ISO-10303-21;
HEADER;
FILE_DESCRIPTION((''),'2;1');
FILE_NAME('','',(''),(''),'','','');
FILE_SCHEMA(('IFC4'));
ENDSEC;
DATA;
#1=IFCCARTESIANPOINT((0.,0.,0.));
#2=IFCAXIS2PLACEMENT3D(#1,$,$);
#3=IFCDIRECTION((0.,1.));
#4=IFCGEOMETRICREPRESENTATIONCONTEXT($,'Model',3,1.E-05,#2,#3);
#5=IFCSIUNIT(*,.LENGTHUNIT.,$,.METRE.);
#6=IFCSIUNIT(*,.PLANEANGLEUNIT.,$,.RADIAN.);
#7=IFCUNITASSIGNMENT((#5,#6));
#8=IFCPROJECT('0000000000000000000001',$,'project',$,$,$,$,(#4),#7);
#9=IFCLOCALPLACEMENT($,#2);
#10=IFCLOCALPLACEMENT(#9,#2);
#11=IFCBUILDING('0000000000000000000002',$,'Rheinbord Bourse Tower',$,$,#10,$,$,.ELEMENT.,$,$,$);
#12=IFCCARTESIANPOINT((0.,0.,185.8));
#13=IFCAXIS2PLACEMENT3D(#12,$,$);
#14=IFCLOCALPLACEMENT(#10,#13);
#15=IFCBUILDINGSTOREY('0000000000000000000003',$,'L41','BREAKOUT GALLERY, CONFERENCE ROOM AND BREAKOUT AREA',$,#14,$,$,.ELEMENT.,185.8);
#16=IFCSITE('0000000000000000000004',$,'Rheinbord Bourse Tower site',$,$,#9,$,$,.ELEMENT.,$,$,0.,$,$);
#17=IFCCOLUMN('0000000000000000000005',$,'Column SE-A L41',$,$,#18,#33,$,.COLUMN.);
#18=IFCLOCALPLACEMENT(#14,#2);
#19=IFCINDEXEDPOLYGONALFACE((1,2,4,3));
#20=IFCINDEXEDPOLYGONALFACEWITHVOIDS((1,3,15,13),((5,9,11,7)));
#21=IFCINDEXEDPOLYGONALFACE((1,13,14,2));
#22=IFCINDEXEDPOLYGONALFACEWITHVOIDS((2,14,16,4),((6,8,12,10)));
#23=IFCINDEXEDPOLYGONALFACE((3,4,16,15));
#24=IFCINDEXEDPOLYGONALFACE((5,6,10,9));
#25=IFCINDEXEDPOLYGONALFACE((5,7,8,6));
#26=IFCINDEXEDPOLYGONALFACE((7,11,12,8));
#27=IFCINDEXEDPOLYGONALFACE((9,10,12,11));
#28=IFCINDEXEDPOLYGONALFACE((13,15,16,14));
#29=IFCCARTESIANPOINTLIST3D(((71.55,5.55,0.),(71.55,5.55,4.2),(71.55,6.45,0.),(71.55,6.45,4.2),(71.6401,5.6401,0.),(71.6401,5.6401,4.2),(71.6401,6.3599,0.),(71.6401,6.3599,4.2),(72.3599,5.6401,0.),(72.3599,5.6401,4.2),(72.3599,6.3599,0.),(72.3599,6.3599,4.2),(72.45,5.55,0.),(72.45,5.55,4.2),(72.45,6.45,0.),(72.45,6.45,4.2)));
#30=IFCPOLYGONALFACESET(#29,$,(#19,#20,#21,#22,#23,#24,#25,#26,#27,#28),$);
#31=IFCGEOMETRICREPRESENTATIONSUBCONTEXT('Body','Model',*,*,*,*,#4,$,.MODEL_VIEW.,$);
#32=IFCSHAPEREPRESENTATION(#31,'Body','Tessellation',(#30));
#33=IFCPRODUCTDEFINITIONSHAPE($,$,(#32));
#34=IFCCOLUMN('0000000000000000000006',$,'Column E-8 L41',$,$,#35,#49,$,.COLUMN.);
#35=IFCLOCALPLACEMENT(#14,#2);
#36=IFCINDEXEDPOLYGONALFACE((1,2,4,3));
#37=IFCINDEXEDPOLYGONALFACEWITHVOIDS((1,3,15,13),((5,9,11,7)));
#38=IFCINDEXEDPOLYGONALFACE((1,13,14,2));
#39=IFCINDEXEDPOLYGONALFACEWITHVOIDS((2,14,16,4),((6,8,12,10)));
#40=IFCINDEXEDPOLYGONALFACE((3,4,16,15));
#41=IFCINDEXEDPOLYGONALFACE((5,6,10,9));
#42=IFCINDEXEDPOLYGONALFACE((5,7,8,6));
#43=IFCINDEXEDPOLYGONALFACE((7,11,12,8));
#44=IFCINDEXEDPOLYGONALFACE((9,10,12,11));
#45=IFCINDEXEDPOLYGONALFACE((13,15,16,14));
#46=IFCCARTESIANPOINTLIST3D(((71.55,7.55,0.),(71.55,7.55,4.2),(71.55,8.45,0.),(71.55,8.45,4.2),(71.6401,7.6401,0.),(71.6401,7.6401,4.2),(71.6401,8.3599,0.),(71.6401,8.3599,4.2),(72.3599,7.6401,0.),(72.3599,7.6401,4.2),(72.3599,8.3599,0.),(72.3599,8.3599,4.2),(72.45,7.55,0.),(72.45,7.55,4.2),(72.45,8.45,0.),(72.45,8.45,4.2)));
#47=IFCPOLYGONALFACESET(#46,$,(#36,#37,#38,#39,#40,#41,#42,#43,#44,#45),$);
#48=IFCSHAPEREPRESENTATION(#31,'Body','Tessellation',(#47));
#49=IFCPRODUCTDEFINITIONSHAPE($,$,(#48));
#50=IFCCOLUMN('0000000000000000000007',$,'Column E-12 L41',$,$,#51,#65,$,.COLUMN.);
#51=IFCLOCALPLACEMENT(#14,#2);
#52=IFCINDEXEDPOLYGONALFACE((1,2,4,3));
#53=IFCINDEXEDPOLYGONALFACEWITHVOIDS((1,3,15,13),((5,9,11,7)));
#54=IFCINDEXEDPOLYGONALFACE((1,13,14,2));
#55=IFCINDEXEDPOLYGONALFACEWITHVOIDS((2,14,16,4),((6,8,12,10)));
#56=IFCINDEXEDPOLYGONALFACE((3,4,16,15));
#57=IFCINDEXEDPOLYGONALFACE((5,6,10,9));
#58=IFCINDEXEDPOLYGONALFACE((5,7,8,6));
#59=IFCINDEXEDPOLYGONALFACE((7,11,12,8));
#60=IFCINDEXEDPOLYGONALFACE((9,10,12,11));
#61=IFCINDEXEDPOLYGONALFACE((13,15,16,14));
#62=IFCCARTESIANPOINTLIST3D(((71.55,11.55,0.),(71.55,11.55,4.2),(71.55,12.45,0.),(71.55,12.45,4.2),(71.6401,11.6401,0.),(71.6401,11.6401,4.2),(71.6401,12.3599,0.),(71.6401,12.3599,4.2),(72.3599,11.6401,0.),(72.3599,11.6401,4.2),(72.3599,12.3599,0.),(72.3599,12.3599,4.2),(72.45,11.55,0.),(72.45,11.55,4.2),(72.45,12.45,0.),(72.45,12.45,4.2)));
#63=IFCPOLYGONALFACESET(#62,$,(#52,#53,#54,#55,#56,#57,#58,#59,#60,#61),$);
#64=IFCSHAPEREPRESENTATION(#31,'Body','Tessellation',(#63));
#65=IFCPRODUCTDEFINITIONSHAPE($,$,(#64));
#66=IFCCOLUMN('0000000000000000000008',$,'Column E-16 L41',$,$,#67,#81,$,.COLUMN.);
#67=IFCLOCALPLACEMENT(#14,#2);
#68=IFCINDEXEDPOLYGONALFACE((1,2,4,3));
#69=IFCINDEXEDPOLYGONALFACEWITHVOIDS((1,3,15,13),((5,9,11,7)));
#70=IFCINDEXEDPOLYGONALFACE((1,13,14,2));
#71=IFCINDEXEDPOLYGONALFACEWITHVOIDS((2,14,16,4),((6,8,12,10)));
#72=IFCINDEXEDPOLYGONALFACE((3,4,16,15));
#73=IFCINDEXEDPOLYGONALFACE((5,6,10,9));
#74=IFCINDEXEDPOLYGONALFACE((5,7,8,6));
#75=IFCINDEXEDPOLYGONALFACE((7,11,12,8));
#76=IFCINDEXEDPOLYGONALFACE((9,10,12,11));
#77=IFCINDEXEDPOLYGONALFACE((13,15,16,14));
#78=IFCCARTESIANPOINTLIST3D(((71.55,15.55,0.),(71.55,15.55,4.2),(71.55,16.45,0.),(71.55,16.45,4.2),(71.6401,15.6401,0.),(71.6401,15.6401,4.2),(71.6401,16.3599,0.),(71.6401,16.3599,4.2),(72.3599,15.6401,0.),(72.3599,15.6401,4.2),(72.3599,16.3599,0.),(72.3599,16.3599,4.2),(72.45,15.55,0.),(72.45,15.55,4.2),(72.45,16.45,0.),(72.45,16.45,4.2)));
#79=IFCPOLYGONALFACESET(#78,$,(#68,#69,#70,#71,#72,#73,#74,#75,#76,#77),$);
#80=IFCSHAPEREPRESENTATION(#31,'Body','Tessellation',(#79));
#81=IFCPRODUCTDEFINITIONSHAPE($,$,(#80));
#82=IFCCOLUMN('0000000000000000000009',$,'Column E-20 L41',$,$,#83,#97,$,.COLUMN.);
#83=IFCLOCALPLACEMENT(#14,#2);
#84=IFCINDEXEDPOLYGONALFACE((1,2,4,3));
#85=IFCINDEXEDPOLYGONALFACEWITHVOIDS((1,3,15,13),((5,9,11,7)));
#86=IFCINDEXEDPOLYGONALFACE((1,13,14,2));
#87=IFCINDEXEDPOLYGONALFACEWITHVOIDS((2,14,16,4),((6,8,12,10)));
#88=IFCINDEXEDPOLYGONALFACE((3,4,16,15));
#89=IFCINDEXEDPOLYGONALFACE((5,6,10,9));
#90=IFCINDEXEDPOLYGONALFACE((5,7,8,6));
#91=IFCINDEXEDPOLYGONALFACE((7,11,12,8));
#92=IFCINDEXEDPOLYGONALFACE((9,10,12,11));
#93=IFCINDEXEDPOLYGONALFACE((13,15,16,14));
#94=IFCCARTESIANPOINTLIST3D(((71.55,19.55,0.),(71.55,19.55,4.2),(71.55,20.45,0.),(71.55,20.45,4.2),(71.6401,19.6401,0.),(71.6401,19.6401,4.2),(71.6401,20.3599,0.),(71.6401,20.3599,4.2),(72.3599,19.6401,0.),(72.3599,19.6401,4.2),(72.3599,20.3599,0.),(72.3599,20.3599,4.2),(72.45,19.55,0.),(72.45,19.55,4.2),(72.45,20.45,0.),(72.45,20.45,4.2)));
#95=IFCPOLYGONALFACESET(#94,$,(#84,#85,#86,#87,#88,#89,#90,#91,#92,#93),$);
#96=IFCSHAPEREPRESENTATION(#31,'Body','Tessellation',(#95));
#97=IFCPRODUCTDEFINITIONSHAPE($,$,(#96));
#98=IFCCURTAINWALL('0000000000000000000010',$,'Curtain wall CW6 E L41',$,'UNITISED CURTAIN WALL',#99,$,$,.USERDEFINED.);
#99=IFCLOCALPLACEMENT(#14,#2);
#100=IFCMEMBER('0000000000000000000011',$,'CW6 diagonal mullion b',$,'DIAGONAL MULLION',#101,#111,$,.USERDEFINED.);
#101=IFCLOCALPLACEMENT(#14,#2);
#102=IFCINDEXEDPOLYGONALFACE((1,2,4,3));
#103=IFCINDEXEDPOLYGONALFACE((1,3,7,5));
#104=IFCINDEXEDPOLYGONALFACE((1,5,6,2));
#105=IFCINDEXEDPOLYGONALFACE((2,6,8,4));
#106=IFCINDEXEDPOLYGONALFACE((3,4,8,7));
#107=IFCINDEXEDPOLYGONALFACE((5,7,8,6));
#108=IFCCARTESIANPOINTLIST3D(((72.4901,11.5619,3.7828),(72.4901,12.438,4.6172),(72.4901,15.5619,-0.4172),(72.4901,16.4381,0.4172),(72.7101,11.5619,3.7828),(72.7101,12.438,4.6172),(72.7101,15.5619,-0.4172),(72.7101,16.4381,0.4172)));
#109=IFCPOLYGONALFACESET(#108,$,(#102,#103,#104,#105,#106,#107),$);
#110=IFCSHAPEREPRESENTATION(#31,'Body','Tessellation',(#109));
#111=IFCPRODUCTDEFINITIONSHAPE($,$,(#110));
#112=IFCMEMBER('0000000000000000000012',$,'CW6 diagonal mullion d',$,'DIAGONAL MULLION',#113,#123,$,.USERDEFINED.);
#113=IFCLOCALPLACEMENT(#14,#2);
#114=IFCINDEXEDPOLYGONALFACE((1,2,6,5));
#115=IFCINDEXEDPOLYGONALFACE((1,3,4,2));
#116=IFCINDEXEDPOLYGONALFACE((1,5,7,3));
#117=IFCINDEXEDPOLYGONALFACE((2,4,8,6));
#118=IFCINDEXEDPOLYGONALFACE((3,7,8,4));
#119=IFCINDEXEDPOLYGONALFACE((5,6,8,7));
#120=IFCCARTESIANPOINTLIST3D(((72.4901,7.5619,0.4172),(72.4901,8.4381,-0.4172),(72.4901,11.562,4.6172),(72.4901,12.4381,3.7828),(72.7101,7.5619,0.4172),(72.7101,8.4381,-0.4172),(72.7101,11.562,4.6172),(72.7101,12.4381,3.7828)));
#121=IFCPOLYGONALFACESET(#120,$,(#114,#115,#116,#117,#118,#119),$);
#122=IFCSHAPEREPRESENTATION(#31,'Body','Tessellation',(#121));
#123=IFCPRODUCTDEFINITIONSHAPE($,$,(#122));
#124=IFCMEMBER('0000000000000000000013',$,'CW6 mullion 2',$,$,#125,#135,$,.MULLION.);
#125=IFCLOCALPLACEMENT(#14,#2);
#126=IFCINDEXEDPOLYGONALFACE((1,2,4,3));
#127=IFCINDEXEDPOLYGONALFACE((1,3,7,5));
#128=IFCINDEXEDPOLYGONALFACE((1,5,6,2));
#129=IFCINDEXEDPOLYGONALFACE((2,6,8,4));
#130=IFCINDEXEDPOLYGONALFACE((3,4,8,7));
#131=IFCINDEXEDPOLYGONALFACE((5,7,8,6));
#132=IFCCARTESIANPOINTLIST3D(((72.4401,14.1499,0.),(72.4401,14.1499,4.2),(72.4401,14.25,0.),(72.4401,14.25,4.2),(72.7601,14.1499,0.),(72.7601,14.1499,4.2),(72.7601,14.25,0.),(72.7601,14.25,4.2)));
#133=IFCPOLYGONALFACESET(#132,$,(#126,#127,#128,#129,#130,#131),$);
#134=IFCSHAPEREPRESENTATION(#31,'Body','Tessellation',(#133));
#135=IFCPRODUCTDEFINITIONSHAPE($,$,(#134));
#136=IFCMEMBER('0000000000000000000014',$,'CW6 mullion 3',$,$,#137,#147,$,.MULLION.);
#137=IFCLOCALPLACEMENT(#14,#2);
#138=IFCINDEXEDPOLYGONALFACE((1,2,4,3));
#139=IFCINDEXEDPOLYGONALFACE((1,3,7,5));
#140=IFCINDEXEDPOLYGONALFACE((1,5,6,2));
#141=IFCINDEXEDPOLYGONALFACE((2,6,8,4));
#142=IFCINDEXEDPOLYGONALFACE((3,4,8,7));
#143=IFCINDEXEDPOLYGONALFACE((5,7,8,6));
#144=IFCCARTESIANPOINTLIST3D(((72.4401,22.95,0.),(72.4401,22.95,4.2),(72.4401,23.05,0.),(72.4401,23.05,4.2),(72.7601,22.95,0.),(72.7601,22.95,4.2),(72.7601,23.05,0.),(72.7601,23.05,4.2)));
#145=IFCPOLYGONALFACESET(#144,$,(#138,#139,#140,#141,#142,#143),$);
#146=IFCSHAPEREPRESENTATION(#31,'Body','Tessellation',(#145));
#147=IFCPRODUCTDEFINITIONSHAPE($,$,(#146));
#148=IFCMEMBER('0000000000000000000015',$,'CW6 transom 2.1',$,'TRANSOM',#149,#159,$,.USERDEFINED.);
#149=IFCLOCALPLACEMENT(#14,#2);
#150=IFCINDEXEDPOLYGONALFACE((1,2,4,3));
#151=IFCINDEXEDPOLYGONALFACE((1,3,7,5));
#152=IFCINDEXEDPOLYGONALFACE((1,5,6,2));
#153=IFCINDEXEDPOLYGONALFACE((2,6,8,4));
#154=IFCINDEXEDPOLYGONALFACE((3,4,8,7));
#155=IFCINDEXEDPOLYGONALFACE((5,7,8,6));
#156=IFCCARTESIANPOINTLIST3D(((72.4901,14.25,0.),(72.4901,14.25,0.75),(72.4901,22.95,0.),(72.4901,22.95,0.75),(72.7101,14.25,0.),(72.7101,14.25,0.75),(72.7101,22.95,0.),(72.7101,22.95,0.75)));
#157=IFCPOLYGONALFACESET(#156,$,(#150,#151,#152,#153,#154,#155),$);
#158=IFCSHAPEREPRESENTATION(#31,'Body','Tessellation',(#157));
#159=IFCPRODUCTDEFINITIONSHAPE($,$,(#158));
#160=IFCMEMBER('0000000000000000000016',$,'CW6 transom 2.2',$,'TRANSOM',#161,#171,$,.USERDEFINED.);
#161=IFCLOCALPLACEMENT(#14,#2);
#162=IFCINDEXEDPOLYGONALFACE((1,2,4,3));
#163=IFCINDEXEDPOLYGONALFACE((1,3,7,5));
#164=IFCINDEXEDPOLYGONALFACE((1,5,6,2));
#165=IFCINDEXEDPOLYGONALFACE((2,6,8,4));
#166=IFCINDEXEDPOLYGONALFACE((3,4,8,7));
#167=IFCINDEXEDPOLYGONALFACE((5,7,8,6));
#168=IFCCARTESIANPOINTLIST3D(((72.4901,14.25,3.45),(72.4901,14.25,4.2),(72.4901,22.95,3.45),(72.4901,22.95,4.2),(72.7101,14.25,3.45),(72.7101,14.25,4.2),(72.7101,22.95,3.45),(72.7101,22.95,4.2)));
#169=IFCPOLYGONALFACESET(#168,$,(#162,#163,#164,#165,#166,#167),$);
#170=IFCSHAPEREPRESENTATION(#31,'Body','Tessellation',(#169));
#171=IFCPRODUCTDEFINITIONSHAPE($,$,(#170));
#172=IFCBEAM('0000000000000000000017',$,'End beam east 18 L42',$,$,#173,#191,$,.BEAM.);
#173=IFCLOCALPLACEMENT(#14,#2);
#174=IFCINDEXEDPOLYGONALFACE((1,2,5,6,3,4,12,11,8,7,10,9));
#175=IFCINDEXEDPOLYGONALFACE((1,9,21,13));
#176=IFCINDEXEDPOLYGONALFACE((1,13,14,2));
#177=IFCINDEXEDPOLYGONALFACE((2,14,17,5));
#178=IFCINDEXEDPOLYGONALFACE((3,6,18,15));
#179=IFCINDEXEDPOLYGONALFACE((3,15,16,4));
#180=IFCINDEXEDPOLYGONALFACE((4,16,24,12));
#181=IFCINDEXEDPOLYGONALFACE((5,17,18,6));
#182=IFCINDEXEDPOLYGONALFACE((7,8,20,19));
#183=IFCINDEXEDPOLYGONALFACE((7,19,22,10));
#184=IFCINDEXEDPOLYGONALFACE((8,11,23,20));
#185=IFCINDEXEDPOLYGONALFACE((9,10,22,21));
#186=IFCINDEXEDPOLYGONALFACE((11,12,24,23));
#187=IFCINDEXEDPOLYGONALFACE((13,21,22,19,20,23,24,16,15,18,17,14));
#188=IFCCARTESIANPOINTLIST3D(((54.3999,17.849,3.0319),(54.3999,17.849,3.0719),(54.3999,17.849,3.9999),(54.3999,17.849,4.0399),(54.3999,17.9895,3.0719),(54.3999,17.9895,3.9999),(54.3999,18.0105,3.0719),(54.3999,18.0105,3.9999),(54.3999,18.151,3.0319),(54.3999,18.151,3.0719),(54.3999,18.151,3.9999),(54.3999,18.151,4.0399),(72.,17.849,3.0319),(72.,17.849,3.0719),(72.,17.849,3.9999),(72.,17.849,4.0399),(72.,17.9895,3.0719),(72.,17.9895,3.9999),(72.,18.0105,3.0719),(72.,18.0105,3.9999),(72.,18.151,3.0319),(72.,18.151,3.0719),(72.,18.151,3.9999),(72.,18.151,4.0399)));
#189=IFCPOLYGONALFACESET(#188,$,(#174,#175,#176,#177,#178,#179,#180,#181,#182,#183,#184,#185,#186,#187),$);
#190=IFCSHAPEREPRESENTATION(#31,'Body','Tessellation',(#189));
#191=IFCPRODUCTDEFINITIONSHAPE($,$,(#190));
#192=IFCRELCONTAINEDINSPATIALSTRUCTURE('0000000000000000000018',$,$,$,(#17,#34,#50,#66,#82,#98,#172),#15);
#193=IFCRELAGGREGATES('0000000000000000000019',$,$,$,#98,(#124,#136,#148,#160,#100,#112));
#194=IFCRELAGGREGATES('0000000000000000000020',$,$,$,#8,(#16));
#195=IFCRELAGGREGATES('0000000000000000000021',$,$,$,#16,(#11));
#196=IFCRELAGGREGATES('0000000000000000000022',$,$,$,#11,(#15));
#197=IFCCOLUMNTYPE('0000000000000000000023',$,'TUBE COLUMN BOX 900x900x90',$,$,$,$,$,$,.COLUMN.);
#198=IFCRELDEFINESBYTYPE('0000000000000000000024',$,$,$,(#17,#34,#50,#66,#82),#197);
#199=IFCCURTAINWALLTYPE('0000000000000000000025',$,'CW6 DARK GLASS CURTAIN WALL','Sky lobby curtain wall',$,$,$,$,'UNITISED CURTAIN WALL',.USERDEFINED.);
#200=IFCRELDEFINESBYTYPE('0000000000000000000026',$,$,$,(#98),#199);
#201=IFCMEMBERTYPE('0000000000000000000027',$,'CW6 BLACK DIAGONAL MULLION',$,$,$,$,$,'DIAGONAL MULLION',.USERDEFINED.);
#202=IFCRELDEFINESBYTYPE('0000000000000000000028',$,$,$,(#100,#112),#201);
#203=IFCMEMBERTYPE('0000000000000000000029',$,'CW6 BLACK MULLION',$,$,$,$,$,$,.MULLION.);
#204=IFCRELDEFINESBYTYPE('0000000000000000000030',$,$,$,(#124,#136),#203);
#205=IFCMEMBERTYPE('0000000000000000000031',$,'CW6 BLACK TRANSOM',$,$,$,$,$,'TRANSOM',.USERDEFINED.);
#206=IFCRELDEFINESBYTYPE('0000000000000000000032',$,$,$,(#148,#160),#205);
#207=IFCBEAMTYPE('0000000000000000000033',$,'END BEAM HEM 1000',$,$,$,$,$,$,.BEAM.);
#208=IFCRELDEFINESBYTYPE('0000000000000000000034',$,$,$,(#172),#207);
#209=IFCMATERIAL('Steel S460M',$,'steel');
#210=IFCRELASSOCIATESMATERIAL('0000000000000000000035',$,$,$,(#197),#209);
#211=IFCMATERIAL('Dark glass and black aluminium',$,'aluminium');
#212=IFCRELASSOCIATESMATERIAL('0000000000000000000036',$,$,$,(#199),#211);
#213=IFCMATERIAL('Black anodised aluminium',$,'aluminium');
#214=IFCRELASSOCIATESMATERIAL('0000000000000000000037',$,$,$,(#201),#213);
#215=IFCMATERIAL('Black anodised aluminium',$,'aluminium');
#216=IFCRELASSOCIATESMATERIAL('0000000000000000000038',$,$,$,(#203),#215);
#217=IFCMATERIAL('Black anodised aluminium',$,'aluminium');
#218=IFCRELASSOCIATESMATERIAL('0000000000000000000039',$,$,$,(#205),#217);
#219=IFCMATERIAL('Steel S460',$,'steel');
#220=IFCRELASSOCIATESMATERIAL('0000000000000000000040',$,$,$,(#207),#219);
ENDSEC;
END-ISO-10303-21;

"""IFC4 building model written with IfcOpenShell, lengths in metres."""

from ifc_helpers import new_model, si_unit, direction, frame, origin, origin_2d, place, context, subcontext, project, spatial, rectangle, hollow_rectangle, i_section, extrude, material, material_profile, profile_set, type_object, element, aggregate, save


model = new_model("IFC4")

# Units and contexts
model_context = context("Model", 3, precision=1e-05, world=origin(), true_north=direction((0.0, 1.0)))
body_context = subcontext(model_context, "Body", "Model", "MODEL_VIEW")
ifc_project = project(units=[si_unit("LENGTHUNIT", "METRE"), si_unit("PLANEANGLEUNIT", "RADIAN")], contexts=[model_context])

# Site, building, storey
site_placement = place(None, origin())
site = spatial("IfcSite", under=ifc_project, at=site_placement, Name="Rheinbord Bourse Tower site", CompositionType="ELEMENT", RefElevation=0.0)
building_placement = place(site_placement, origin())
building = spatial("IfcBuilding", under=site, at=building_placement, Name="Rheinbord Bourse Tower", CompositionType="ELEMENT")
storey_placement = place(building_placement, frame((0.0, 0.0, 185.8)))
storey = spatial("IfcBuildingStorey", under=building, at=storey_placement, Name="L41", Description="BREAKOUT GALLERY, CONFERENCE ROOM AND BREAKOUT AREA", CompositionType="ELEMENT", Elevation=185.8)

# Columns
ifc_material_1 = material(Name="Steel S460M", Category="steel")
ifc_material_profile_1 = material_profile(ifc_material_1, hollow_rectangle(XDim=0.8999, YDim=0.8999, WallThickness=0.0901, at=origin_2d()), Name="BOX 900x900x90")
ifc_profile_set_1 = profile_set([ifc_material_profile_1], Name="Steel S460M")
column_type = type_object("IfcColumnType", Name="TUBE COLUMN BOX 900x900x90", PredefinedType="COLUMN", material=ifc_profile_set_1)
for number, where, z_axis, x_axis, name in (
    (1, (72.0, 6.0, 0.0), (0.0, 0.0, 1.0), (1.0, 0.0, 0.0), "Column SE-A L41"),
    (2, (72.0, 8.0, 0.0), (0.0, 0.0, 1.0), (1.0, 0.0, 0.0), "Column E-8 L41"),
    (3, (72.0, 12.0, 0.0), (0.0, 0.0, 1.0), (1.0, 0.0, 0.0), "Column E-12 L41"),
    (4, (72.0, 16.0, 0.0), (0.0, 0.0, 1.0), (1.0, 0.0, 0.0), "Column E-16 L41"),
    (5, (72.0, 20.0, 0.0), (0.0, 0.0, 1.0), (1.0, 0.0, 0.0), "Column E-20 L41"),
):
    element("IfcColumn", number, at=place(storey_placement, frame(where, z_axis=z_axis, x_axis=x_axis)), inside=storey, type_object=column_type, Name=name, PredefinedType="COLUMN", context=body_context, shape_type="SweptSolid", body=[
        extrude(hollow_rectangle(XDim=0.8999, YDim=0.8999, WallThickness=0.0901, at=origin_2d()), origin(), (0.0, 0.0, 1.0), 4.2),
    ])

# Curtain wall, members
ifc_material_2 = material(Name="Dark glass and black aluminium", Category="aluminium")
curtain_wall_type = type_object("IfcCurtainWallType", Name="CW6 DARK GLASS CURTAIN WALL", Description="Sky lobby curtain wall", ElementType="UNITISED CURTAIN WALL", PredefinedType="USERDEFINED", material=ifc_material_2)
curtain_wall_placement = place(storey_placement, origin())
curtain_wall = element("IfcCurtainWall", 6, at=curtain_wall_placement, inside=storey, type_object=curtain_wall_type, Name="Curtain wall CW6 E L41", ObjectType="UNITISED CURTAIN WALL", PredefinedType="USERDEFINED")
ifc_material_3 = material(Name="Black anodised aluminium", Category="aluminium")
ifc_material_profile_2 = material_profile(ifc_material_3, rectangle(XDim=0.22, YDim=1.21, at=origin_2d()), Name="CW6 DIAGONAL MULLION 1210x220")
ifc_profile_set_2 = profile_set([ifc_material_profile_2], Name="Black anodised aluminium")
member_type_1 = type_object("IfcMemberType", Name="CW6 BLACK DIAGONAL MULLION", ElementType="DIAGONAL MULLION", PredefinedType="USERDEFINED", material=ifc_profile_set_2)
member_1_placement = place(storey_placement, frame((72.6001, 16.0, 0.0), z_axis=(0.0, -0.689659, 0.724134), x_axis=(1.0, 0.0, 0.0)))
member_1 = element("IfcMember", 7, at=member_1_placement, type_object=member_type_1, Name="CW6 diagonal mullion b", ObjectType="DIAGONAL MULLION", PredefinedType="USERDEFINED", context=body_context, shape_type="SweptSolid", body=[
    extrude(rectangle(XDim=0.22, YDim=1.21, at=origin_2d()), origin(), (0.0, 0.0, 1.0), 5.8),
])
member_2_placement = place(storey_placement, frame((72.6001, 8.0, 0.0), z_axis=(0.0, 0.689659, 0.724134), x_axis=(-1.0, 0.0, 0.0)))
member_2 = element("IfcMember", 8, at=member_2_placement, type_object=member_type_1, Name="CW6 diagonal mullion d", ObjectType="DIAGONAL MULLION", PredefinedType="USERDEFINED", context=body_context, shape_type="SweptSolid", body=[
    extrude(rectangle(XDim=0.22, YDim=1.21, at=origin_2d()), origin(), (0.0, 0.0, 1.0), 5.8),
])
ifc_material_4 = material(Name="Black anodised aluminium", Category="aluminium")
ifc_material_profile_3 = material_profile(ifc_material_4, rectangle(XDim=0.3201, YDim=0.1001, at=origin_2d()), Name="CW6 MULLION 100x320")
ifc_profile_set_3 = profile_set([ifc_material_profile_3], Name="Black anodised aluminium")
member_type_2 = type_object("IfcMemberType", Name="CW6 BLACK MULLION", PredefinedType="MULLION", material=ifc_profile_set_3)
member_3_placement = place(storey_placement, frame((72.6001, 14.2, 0.0), z_axis=(0.0, 0.0, 1.0), x_axis=(-1.0, 0.0, 0.0)))
member_3 = element("IfcMember", 9, at=member_3_placement, type_object=member_type_2, Name="CW6 mullion 2", PredefinedType="MULLION", context=body_context, shape_type="SweptSolid", body=[
    extrude(rectangle(XDim=0.3201, YDim=0.1001, at=origin_2d()), origin(), (0.0, 0.0, 1.0), 4.2),
])
member_4_placement = place(storey_placement, frame((72.6001, 23.0, 0.0), z_axis=(0.0, 0.0, 1.0), x_axis=(-1.0, 0.0, 0.0)))
member_4 = element("IfcMember", 10, at=member_4_placement, type_object=member_type_2, Name="CW6 mullion 3", PredefinedType="MULLION", context=body_context, shape_type="SweptSolid", body=[
    extrude(rectangle(XDim=0.3201, YDim=0.1001, at=origin_2d()), origin(), (0.0, 0.0, 1.0), 4.2),
])
ifc_material_5 = material(Name="Black anodised aluminium", Category="aluminium")
ifc_material_profile_4 = material_profile(ifc_material_5, rectangle(XDim=0.22, YDim=0.75, at=origin_2d()), Name="CW6 TRANSOM 750x220")
ifc_profile_set_4 = profile_set([ifc_material_profile_4], Name="Black anodised aluminium")
member_type_3 = type_object("IfcMemberType", Name="CW6 BLACK TRANSOM", ElementType="TRANSOM", PredefinedType="USERDEFINED", material=ifc_profile_set_4)
member_5_placement = place(storey_placement, frame((72.6001, 14.25, 0.375), z_axis=(0.0, 1.0, 0.0), x_axis=(-1.0, 0.0, 0.0)))
member_5 = element("IfcMember", 11, at=member_5_placement, type_object=member_type_3, Name="CW6 transom 2.1", ObjectType="TRANSOM", PredefinedType="USERDEFINED", context=body_context, shape_type="SweptSolid", body=[
    extrude(rectangle(XDim=0.22, YDim=0.75, at=origin_2d()), origin(), (0.0, 0.0, 1.0), 8.7),
])
member_6_placement = place(storey_placement, frame((72.6001, 14.25, 3.825), z_axis=(0.0, 1.0, 0.0), x_axis=(-1.0, 0.0, 0.0)))
member_6 = element("IfcMember", 12, at=member_6_placement, type_object=member_type_3, Name="CW6 transom 2.2", ObjectType="TRANSOM", PredefinedType="USERDEFINED", context=body_context, shape_type="SweptSolid", body=[
    extrude(rectangle(XDim=0.22, YDim=0.75, at=origin_2d()), origin(), (0.0, 0.0, 1.0), 8.7),
])

# Beam
ifc_material_6 = material(Name="Steel S460", Category="steel")
ifc_material_profile_5 = material_profile(ifc_material_6, i_section(OverallWidth=0.302, OverallDepth=1.0081, WebThickness=0.021, FlangeThickness=0.04, at=origin_2d()), Name="HEM 1000")
ifc_profile_set_5 = profile_set([ifc_material_profile_5], Name="Steel S460")
beam_type_1 = type_object("IfcBeamType", Name="END BEAM HEM 1000", PredefinedType="BEAM", material=ifc_profile_set_5)
for number, where, z_axis, x_axis, name in (
    (13, (54.3999, 18.0, 3.5359), (1.0, 0.0, 0.0), (0.0, 1.0, 0.0), "End beam east 18 L42"),
):
    element("IfcBeam", number, at=place(storey_placement, frame(where, z_axis=z_axis, x_axis=x_axis)), inside=storey, type_object=beam_type_1, Name=name, PredefinedType="BEAM", context=body_context, shape_type="SweptSolid", body=[
        extrude(i_section(OverallWidth=0.302, OverallDepth=1.0081, WebThickness=0.021, FlangeThickness=0.04, at=origin_2d()), origin(), (0.0, 0.0, 1.0), 17.6001),
    ])

aggregate(curtain_wall, [member_3, member_4, member_5, member_6, member_1, member_2])

save(model, "model.ifc")
